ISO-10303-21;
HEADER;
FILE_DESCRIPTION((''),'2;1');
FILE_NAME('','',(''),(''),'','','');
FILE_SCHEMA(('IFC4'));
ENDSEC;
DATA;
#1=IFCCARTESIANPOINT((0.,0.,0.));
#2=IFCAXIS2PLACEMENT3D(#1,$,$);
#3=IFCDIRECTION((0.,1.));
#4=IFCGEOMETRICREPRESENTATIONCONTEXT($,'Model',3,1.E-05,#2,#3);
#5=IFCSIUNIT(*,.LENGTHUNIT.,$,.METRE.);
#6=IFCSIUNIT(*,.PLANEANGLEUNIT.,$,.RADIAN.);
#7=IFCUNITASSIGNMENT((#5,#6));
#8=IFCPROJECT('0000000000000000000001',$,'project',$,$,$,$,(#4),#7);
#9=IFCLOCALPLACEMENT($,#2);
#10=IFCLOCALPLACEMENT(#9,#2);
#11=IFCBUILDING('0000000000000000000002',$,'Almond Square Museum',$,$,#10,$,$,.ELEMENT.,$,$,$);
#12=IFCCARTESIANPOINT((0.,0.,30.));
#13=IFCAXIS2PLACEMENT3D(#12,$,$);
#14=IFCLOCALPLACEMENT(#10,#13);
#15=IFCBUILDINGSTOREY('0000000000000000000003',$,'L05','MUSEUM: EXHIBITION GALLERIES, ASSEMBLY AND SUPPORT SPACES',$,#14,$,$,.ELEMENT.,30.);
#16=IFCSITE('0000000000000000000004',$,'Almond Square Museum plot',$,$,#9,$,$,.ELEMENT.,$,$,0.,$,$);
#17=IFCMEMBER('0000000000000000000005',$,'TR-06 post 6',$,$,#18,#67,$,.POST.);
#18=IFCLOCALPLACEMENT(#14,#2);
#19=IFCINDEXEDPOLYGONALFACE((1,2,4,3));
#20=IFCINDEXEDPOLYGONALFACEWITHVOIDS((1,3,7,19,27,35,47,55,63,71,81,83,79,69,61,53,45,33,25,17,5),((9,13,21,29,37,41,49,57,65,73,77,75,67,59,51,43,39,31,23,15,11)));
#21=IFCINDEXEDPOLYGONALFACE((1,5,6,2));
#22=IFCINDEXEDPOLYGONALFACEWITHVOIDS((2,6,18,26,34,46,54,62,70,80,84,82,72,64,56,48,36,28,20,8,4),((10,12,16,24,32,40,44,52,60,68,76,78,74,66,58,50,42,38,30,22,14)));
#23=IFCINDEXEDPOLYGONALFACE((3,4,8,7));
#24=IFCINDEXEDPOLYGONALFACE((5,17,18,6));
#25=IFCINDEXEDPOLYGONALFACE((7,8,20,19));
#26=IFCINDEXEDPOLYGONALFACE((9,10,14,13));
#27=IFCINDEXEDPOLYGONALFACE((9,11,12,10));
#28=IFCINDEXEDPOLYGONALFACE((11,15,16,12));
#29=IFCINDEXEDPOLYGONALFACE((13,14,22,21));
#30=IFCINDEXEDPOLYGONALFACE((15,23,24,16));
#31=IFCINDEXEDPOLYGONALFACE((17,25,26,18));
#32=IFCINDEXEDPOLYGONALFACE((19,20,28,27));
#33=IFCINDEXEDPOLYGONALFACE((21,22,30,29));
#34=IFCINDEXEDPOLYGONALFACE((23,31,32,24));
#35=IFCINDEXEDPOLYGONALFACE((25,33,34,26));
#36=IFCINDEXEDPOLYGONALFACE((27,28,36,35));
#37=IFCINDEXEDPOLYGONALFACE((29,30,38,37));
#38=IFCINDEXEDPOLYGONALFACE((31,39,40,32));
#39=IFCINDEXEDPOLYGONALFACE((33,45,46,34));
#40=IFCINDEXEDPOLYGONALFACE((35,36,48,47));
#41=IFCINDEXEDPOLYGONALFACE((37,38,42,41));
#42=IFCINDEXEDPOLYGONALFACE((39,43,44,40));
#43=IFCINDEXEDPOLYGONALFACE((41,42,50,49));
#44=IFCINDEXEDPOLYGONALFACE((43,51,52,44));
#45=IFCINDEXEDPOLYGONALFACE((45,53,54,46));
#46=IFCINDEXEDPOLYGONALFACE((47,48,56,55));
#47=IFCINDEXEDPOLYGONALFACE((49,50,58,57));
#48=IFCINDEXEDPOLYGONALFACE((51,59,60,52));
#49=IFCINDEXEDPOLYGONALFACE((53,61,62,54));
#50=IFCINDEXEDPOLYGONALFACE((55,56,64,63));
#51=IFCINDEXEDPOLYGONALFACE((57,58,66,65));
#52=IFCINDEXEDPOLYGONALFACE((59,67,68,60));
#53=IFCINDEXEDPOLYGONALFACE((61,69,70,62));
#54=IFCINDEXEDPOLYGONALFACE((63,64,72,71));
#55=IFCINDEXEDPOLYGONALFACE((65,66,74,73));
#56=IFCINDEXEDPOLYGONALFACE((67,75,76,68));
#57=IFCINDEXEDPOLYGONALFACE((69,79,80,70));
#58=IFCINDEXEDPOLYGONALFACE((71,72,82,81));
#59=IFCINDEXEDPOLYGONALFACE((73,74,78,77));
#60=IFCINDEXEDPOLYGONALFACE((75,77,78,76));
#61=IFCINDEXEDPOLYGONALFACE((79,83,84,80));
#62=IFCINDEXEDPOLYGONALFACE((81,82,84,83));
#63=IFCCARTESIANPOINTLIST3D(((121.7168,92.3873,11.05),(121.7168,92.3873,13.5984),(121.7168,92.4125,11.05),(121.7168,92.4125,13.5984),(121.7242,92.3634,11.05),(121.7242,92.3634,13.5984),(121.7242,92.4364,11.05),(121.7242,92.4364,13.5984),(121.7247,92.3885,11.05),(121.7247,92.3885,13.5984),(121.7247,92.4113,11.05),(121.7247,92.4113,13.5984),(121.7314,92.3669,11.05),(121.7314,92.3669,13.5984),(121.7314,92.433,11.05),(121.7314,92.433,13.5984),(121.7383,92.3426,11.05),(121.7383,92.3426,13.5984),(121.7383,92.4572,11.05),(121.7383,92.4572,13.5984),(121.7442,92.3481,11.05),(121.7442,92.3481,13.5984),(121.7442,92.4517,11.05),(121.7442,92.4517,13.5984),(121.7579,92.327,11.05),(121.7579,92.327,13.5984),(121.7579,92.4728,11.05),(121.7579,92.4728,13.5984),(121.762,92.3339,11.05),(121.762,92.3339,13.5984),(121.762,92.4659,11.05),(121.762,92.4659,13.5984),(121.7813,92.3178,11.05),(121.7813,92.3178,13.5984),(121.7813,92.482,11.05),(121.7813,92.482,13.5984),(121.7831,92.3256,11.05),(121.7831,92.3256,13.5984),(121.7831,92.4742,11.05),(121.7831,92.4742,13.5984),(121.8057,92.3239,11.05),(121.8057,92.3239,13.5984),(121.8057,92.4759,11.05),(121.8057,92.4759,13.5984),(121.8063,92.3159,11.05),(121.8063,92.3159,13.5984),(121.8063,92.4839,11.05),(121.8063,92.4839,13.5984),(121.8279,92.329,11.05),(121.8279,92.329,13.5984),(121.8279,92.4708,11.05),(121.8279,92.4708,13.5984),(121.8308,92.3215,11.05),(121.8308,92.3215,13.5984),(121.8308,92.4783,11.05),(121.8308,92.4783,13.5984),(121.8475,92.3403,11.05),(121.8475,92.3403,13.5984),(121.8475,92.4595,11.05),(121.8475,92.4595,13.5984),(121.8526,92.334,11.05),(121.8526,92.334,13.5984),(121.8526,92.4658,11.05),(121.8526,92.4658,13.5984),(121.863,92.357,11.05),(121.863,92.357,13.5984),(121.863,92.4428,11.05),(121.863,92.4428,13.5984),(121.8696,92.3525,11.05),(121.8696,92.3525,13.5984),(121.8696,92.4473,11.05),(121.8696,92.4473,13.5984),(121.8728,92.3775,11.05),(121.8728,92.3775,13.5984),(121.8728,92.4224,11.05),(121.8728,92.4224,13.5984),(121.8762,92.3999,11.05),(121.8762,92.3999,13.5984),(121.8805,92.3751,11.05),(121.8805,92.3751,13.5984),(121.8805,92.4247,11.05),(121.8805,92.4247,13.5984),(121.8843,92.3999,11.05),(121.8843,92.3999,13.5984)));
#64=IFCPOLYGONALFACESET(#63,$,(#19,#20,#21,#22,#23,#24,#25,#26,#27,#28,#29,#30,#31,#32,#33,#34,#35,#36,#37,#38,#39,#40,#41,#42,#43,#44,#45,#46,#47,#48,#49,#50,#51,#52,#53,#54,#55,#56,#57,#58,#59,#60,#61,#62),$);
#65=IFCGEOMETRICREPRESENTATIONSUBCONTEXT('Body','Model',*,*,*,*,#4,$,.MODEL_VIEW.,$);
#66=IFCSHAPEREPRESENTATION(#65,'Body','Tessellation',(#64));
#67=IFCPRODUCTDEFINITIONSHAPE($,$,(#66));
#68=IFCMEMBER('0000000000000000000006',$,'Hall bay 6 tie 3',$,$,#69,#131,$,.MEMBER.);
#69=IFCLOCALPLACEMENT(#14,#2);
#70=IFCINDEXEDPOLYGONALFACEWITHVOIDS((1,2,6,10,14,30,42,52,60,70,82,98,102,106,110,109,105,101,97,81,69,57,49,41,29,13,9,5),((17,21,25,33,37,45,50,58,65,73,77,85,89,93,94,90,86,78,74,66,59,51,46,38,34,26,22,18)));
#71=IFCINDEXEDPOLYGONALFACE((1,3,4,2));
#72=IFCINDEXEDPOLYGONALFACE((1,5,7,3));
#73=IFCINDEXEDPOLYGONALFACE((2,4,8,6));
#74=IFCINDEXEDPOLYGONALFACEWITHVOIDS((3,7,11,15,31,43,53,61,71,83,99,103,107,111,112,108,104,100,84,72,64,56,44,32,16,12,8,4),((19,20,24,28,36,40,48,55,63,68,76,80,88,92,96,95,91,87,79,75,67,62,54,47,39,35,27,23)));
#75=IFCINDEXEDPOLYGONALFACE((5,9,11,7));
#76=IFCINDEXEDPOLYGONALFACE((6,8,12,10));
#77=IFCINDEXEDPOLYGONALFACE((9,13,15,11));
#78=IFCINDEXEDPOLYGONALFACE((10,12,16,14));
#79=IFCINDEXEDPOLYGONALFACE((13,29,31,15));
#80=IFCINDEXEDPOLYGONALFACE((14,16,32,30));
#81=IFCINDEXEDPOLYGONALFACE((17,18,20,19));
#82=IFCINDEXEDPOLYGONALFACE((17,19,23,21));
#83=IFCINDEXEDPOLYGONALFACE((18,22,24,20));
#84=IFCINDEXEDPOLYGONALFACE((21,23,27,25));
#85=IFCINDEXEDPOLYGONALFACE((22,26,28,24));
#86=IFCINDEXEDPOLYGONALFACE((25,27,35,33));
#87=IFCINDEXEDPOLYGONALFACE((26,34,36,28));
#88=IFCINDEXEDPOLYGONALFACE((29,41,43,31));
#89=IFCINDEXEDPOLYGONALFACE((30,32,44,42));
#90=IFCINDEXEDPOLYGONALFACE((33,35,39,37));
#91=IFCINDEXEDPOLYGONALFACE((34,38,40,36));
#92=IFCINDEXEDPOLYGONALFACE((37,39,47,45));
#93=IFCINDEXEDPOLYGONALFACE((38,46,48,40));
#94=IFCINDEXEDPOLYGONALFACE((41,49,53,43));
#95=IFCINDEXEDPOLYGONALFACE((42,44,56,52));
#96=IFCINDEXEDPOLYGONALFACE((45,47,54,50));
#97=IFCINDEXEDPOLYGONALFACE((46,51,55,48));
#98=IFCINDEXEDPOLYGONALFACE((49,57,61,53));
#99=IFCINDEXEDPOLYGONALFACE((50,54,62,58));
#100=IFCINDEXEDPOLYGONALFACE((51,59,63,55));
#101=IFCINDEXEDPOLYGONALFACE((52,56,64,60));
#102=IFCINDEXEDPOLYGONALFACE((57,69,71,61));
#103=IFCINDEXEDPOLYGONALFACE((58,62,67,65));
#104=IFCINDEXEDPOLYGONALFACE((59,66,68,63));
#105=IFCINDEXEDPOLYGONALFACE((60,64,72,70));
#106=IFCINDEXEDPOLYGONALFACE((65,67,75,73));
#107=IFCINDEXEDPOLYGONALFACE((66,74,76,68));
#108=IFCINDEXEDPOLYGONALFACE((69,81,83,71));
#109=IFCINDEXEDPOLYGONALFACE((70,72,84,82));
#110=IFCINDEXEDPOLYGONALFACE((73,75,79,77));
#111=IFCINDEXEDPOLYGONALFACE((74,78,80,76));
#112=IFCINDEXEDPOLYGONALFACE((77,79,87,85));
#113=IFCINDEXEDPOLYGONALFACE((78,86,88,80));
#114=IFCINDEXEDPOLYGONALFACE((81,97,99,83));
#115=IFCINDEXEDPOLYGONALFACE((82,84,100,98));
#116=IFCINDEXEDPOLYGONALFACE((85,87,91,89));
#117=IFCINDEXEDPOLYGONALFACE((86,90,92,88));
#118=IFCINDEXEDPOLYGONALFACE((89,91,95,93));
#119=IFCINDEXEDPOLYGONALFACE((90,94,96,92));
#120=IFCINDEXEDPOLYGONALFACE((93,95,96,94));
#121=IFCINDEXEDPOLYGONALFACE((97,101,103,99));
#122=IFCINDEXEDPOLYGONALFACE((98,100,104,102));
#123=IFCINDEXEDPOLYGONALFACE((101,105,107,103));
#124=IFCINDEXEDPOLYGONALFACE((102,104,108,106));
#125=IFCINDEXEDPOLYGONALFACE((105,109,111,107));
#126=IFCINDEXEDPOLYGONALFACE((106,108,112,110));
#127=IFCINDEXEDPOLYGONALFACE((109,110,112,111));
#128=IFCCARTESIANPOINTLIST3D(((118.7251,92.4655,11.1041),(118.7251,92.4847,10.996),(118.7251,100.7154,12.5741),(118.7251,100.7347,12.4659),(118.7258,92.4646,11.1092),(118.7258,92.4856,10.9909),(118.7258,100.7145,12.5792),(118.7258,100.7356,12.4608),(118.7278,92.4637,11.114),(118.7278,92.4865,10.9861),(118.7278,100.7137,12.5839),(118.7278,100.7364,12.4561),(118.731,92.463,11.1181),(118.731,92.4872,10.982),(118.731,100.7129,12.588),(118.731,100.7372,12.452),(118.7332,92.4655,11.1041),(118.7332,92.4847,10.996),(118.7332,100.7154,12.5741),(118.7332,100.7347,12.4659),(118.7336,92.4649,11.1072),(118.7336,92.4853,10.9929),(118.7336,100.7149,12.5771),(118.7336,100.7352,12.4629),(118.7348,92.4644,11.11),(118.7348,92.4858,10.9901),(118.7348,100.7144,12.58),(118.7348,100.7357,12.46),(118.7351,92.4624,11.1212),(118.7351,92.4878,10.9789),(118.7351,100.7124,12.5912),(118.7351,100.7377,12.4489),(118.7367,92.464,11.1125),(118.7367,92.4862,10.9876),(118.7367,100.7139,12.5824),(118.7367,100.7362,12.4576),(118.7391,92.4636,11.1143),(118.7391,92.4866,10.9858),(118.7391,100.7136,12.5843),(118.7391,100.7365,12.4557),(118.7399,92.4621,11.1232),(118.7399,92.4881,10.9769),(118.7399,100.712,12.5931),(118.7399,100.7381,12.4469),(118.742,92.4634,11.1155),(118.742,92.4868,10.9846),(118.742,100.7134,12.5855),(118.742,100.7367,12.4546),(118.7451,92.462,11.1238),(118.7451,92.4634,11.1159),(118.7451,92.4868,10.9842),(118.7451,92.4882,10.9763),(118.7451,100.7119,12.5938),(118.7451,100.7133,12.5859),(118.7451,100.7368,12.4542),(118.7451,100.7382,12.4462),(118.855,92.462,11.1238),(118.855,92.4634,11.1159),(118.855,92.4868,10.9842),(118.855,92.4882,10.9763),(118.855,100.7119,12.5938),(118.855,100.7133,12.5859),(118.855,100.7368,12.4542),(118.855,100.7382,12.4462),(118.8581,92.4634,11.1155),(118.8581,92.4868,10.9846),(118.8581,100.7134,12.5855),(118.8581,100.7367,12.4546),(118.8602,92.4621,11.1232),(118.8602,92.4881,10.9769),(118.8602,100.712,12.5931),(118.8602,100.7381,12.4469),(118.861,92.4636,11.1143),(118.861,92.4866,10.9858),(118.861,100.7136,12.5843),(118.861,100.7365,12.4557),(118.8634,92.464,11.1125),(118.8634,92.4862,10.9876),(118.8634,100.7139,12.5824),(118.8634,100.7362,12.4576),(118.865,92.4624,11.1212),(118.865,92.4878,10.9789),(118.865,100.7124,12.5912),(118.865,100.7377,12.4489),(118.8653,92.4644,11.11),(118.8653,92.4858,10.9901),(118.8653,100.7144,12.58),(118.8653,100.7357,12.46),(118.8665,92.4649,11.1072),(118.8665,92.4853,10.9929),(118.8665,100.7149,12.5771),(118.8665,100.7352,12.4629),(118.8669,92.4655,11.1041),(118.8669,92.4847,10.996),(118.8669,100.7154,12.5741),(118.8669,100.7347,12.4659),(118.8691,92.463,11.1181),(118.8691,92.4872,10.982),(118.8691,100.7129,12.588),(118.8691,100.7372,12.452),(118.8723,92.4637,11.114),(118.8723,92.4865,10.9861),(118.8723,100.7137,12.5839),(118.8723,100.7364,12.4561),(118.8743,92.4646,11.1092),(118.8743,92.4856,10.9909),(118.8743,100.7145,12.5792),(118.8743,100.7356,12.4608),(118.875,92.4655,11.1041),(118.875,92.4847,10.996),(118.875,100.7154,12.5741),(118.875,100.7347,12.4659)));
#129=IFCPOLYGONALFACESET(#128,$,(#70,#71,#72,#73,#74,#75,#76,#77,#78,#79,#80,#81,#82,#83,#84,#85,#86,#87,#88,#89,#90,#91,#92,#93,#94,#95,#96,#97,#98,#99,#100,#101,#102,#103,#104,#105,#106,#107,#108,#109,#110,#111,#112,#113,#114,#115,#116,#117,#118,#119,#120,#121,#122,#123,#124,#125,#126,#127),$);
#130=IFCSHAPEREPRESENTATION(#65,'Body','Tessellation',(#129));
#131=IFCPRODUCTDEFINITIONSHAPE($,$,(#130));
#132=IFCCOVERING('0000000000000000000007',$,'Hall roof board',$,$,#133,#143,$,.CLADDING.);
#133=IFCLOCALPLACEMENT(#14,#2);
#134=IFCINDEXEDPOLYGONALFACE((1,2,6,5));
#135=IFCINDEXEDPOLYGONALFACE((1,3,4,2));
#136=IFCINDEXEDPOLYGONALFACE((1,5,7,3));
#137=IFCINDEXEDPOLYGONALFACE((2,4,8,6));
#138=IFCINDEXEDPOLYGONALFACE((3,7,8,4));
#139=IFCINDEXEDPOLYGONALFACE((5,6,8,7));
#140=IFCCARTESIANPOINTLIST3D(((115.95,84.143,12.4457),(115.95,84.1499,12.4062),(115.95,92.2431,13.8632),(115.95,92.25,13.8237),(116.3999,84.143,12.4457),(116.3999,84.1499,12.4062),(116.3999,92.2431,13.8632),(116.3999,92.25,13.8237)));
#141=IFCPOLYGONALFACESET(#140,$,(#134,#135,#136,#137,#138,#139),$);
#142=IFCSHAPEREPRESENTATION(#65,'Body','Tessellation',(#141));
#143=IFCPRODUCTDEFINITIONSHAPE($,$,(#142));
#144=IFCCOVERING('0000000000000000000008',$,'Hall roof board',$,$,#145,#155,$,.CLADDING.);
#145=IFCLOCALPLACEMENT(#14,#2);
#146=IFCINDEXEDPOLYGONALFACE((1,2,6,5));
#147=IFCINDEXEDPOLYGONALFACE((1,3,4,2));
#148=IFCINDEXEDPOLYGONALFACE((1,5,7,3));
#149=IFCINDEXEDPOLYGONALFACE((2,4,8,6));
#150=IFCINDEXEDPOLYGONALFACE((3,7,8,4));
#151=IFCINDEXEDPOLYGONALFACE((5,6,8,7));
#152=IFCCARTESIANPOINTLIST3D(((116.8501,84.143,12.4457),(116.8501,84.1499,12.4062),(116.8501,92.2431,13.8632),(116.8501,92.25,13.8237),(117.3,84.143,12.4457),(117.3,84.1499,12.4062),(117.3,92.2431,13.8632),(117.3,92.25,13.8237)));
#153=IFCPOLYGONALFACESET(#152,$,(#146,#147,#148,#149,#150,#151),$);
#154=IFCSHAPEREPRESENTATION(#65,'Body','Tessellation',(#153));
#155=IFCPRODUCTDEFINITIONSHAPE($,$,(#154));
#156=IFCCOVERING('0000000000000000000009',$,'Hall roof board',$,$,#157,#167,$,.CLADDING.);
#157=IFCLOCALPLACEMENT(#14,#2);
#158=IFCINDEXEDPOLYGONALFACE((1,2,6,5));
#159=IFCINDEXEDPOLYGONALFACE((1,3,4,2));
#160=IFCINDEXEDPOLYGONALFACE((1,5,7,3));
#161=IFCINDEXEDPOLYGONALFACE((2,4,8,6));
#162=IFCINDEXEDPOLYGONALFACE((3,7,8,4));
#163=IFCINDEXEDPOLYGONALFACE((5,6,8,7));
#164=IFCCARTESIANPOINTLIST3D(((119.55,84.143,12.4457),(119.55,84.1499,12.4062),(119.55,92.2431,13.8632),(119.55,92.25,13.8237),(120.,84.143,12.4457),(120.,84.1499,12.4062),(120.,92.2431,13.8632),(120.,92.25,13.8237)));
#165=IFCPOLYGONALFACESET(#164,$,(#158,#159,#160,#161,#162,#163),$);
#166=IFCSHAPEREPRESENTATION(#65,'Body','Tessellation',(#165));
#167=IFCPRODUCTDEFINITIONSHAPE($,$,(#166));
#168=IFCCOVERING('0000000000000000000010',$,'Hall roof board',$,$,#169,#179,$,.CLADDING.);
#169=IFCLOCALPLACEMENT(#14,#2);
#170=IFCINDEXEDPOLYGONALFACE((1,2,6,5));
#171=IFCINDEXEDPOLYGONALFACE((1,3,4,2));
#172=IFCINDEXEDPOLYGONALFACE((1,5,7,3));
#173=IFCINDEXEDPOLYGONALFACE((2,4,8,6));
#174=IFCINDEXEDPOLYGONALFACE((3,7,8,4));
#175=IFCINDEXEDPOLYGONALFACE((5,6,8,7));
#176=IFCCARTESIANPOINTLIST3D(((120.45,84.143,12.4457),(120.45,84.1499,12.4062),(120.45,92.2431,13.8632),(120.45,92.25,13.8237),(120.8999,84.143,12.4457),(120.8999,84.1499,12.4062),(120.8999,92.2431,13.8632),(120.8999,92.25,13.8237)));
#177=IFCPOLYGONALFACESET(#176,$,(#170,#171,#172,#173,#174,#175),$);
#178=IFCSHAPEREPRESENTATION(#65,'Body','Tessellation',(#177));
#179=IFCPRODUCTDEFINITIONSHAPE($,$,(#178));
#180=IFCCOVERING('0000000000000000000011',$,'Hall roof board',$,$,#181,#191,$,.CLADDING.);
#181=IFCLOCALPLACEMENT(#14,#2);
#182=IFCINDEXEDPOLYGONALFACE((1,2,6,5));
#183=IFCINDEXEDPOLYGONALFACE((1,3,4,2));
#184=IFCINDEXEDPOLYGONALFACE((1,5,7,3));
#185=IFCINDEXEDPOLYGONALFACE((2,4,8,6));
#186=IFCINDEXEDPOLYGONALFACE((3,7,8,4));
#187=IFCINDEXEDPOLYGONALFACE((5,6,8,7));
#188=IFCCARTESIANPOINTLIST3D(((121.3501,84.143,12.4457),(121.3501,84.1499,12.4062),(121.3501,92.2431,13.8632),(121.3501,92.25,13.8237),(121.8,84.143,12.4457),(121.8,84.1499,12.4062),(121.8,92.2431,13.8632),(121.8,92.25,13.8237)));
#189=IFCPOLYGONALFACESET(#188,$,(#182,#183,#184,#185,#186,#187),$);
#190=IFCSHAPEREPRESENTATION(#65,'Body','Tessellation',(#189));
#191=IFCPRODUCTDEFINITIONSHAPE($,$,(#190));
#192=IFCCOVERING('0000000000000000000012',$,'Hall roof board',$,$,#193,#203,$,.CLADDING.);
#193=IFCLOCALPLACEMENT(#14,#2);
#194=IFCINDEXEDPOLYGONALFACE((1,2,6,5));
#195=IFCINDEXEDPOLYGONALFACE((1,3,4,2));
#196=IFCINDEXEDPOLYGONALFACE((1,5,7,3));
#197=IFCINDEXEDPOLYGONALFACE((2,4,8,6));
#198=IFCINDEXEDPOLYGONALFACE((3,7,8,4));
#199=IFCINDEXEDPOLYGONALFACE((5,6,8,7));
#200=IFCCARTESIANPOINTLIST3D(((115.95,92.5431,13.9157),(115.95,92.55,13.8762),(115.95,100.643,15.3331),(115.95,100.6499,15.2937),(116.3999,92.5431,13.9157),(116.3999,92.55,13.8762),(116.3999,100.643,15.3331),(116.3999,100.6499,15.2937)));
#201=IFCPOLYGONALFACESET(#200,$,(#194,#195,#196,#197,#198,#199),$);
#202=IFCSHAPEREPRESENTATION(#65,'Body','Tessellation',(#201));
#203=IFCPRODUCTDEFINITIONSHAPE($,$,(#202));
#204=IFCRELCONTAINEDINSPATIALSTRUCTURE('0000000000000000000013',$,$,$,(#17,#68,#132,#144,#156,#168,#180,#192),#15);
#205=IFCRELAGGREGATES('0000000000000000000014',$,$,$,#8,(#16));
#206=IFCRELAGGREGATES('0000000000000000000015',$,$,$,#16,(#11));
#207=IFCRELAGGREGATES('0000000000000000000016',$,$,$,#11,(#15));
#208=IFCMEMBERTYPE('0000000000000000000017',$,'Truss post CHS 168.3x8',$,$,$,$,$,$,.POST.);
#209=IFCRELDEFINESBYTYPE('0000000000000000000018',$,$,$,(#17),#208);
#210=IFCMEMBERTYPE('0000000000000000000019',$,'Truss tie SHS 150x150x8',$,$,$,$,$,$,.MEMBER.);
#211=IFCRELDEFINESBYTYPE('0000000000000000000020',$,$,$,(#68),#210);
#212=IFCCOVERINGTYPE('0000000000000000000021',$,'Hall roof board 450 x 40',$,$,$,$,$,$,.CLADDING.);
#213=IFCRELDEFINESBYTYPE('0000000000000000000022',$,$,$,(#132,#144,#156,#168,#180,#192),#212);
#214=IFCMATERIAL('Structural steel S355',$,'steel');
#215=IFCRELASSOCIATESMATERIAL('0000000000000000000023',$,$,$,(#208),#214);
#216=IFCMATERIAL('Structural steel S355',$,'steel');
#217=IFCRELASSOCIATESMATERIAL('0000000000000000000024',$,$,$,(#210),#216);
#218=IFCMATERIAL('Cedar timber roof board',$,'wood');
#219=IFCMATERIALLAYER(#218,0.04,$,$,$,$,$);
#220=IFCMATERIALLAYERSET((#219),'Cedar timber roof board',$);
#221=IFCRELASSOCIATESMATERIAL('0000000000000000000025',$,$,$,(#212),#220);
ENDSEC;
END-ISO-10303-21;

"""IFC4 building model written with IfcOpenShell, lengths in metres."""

from ifc_helpers import new_model, si_unit, direction, frame, origin, origin_2d, place, context, subcontext, project, spatial, polyline, hollow_rectangle, hollow_circle, outline, extrude, material, layer, layer_set, material_profile, profile_set, type_object, element, save


model = new_model("IFC4")

# Units and contexts
model_context = context("Model", 3, precision=1e-05, world=origin(), true_north=direction((0.0, 1.0)))
body_context = subcontext(model_context, "Body", "Model", "MODEL_VIEW")
ifc_project = project(units=[si_unit("LENGTHUNIT", "METRE"), si_unit("PLANEANGLEUNIT", "RADIAN")], contexts=[model_context])

# Site, building, storey
site_placement = place(None, origin())
site = spatial("IfcSite", under=ifc_project, at=site_placement, Name="Almond Square Museum plot", CompositionType="ELEMENT", RefElevation=0.0)
building_placement = place(site_placement, origin())
building = spatial("IfcBuilding", under=site, at=building_placement, Name="Almond Square Museum", CompositionType="ELEMENT")
storey_placement = place(building_placement, frame((0.0, 0.0, 30.0)))
storey = spatial("IfcBuildingStorey", under=building, at=storey_placement, Name="L05", Description="MUSEUM: EXHIBITION GALLERIES, ASSEMBLY AND SUPPORT SPACES", CompositionType="ELEMENT", Elevation=30.0)

# Members
ifc_material_1 = material(Name="Structural steel S355", Category="steel")
ifc_material_profile_1 = material_profile(ifc_material_1, hollow_circle(Radius=0.0842, WallThickness=0.0081, at=origin_2d()))
ifc_profile_set_1 = profile_set([ifc_material_profile_1], Name="Structural steel S355")
member_type_1 = type_object("IfcMemberType", Name="Truss post CHS 168.3x8", PredefinedType="POST", material=ifc_profile_set_1)
for number, where, z_axis, x_axis, name in (
    (1, (121.8, 92.3999, 11.05), (0.0, 0.0, 1.0), (1.0, 0.0, 0.0), "TR-06 post 6"),
):
    element("IfcMember", number, at=place(storey_placement, frame(where, z_axis=z_axis, x_axis=x_axis)), inside=storey, type_object=member_type_1, Name=name, PredefinedType="POST", context=body_context, shape_type="SweptSolid", body=[
        extrude(hollow_circle(Radius=0.0842, WallThickness=0.0081, at=origin_2d()), origin(), (0.0, 0.0, 1.0), 2.5483),
    ])
ifc_material_2 = material(Name="Structural steel S355", Category="steel")
ifc_material_profile_2 = material_profile(ifc_material_2, hollow_rectangle(XDim=0.1499, YDim=0.1499, WallThickness=0.0081, InnerFilletRadius=0.012, OuterFilletRadius=0.02, at=origin_2d()))
ifc_profile_set_2 = profile_set([ifc_material_profile_2], Name="Structural steel S355")
member_type_2 = type_object("IfcMemberType", Name="Truss tie SHS 150x150x8", PredefinedType="MEMBER", material=ifc_profile_set_2)
member_placement = place(storey_placement, frame((118.8, 92.4751, 11.05), z_axis=(0.0, 0.984494, 0.175416), x_axis=(-1.0, 0.0, 0.0)))
element("IfcMember", 2, at=member_placement, inside=storey, type_object=member_type_2, Name="Hall bay 6 tie 3", PredefinedType="MEMBER", context=body_context, shape_type="SweptSolid", body=[
    extrude(hollow_rectangle(XDim=0.1499, YDim=0.1499, WallThickness=0.0081, InnerFilletRadius=0.012, OuterFilletRadius=0.02, at=origin_2d()), origin(), (0.0, 0.0, 1.0), 8.3799),
])

# Coverings
ifc_material_3 = material(Name="Cedar timber roof board", Category="wood")
ifc_layer = layer(ifc_material_3, 0.04)
ifc_layer_set = layer_set([ifc_layer], Name="Cedar timber roof board")
covering_type = type_object("IfcCoveringType", Name="Hall roof board 450 x 40", PredefinedType="CLADDING", material=ifc_layer_set)
for number, where, z_axis, x_axis, name in (
    (3, (116.3999, 92.25, 13.8237), (0.0, -0.172376, 0.985031), (-1.0, 0.0, 0.0), "Hall roof board"),
    (4, (117.3, 92.25, 13.8237), (0.0, -0.172376, 0.985031), (-1.0, 0.0, 0.0), "Hall roof board"),
    (5, (120.0, 92.25, 13.8237), (0.0, -0.172376, 0.985031), (-1.0, 0.0, 0.0), "Hall roof board"),
    (6, (120.8999, 92.25, 13.8237), (0.0, -0.172376, 0.985031), (-1.0, 0.0, 0.0), "Hall roof board"),
    (7, (121.8, 92.25, 13.8237), (0.0, -0.172376, 0.985031), (-1.0, 0.0, 0.0), "Hall roof board"),
):
    element("IfcCovering", number, at=place(storey_placement, frame(where, z_axis=z_axis, x_axis=x_axis)), inside=storey, type_object=covering_type, Name=name, PredefinedType="CLADDING", context=body_context, shape_type="SweptSolid", body=[
        extrude(outline(polyline([(0.0, 0.0), (0.45, 0.0), (0.45, 8.2232), (0.0, 8.2232), (0.0, 0.0)])), origin(), (0.0, 0.0, 1.0), 0.04),
    ])
for number, where, z_axis, x_axis, name in (
    (8, (116.3999, 100.6499, 15.2937), (0.0, -0.172381, 0.98503), (-1.0, 0.0, 0.0), "Hall roof board"),
):
    element("IfcCovering", number, at=place(storey_placement, frame(where, z_axis=z_axis, x_axis=x_axis)), inside=storey, type_object=covering_type, Name=name, PredefinedType="CLADDING", context=body_context, shape_type="SweptSolid", body=[
        extrude(outline(polyline([(0.0, 0.0), (0.45, 0.0), (0.45, 8.2229), (0.0, 8.2229), (0.0, 0.0)])), origin(), (0.0, 0.0, 1.0), 0.04),
    ])

save(model, "model.ifc")
